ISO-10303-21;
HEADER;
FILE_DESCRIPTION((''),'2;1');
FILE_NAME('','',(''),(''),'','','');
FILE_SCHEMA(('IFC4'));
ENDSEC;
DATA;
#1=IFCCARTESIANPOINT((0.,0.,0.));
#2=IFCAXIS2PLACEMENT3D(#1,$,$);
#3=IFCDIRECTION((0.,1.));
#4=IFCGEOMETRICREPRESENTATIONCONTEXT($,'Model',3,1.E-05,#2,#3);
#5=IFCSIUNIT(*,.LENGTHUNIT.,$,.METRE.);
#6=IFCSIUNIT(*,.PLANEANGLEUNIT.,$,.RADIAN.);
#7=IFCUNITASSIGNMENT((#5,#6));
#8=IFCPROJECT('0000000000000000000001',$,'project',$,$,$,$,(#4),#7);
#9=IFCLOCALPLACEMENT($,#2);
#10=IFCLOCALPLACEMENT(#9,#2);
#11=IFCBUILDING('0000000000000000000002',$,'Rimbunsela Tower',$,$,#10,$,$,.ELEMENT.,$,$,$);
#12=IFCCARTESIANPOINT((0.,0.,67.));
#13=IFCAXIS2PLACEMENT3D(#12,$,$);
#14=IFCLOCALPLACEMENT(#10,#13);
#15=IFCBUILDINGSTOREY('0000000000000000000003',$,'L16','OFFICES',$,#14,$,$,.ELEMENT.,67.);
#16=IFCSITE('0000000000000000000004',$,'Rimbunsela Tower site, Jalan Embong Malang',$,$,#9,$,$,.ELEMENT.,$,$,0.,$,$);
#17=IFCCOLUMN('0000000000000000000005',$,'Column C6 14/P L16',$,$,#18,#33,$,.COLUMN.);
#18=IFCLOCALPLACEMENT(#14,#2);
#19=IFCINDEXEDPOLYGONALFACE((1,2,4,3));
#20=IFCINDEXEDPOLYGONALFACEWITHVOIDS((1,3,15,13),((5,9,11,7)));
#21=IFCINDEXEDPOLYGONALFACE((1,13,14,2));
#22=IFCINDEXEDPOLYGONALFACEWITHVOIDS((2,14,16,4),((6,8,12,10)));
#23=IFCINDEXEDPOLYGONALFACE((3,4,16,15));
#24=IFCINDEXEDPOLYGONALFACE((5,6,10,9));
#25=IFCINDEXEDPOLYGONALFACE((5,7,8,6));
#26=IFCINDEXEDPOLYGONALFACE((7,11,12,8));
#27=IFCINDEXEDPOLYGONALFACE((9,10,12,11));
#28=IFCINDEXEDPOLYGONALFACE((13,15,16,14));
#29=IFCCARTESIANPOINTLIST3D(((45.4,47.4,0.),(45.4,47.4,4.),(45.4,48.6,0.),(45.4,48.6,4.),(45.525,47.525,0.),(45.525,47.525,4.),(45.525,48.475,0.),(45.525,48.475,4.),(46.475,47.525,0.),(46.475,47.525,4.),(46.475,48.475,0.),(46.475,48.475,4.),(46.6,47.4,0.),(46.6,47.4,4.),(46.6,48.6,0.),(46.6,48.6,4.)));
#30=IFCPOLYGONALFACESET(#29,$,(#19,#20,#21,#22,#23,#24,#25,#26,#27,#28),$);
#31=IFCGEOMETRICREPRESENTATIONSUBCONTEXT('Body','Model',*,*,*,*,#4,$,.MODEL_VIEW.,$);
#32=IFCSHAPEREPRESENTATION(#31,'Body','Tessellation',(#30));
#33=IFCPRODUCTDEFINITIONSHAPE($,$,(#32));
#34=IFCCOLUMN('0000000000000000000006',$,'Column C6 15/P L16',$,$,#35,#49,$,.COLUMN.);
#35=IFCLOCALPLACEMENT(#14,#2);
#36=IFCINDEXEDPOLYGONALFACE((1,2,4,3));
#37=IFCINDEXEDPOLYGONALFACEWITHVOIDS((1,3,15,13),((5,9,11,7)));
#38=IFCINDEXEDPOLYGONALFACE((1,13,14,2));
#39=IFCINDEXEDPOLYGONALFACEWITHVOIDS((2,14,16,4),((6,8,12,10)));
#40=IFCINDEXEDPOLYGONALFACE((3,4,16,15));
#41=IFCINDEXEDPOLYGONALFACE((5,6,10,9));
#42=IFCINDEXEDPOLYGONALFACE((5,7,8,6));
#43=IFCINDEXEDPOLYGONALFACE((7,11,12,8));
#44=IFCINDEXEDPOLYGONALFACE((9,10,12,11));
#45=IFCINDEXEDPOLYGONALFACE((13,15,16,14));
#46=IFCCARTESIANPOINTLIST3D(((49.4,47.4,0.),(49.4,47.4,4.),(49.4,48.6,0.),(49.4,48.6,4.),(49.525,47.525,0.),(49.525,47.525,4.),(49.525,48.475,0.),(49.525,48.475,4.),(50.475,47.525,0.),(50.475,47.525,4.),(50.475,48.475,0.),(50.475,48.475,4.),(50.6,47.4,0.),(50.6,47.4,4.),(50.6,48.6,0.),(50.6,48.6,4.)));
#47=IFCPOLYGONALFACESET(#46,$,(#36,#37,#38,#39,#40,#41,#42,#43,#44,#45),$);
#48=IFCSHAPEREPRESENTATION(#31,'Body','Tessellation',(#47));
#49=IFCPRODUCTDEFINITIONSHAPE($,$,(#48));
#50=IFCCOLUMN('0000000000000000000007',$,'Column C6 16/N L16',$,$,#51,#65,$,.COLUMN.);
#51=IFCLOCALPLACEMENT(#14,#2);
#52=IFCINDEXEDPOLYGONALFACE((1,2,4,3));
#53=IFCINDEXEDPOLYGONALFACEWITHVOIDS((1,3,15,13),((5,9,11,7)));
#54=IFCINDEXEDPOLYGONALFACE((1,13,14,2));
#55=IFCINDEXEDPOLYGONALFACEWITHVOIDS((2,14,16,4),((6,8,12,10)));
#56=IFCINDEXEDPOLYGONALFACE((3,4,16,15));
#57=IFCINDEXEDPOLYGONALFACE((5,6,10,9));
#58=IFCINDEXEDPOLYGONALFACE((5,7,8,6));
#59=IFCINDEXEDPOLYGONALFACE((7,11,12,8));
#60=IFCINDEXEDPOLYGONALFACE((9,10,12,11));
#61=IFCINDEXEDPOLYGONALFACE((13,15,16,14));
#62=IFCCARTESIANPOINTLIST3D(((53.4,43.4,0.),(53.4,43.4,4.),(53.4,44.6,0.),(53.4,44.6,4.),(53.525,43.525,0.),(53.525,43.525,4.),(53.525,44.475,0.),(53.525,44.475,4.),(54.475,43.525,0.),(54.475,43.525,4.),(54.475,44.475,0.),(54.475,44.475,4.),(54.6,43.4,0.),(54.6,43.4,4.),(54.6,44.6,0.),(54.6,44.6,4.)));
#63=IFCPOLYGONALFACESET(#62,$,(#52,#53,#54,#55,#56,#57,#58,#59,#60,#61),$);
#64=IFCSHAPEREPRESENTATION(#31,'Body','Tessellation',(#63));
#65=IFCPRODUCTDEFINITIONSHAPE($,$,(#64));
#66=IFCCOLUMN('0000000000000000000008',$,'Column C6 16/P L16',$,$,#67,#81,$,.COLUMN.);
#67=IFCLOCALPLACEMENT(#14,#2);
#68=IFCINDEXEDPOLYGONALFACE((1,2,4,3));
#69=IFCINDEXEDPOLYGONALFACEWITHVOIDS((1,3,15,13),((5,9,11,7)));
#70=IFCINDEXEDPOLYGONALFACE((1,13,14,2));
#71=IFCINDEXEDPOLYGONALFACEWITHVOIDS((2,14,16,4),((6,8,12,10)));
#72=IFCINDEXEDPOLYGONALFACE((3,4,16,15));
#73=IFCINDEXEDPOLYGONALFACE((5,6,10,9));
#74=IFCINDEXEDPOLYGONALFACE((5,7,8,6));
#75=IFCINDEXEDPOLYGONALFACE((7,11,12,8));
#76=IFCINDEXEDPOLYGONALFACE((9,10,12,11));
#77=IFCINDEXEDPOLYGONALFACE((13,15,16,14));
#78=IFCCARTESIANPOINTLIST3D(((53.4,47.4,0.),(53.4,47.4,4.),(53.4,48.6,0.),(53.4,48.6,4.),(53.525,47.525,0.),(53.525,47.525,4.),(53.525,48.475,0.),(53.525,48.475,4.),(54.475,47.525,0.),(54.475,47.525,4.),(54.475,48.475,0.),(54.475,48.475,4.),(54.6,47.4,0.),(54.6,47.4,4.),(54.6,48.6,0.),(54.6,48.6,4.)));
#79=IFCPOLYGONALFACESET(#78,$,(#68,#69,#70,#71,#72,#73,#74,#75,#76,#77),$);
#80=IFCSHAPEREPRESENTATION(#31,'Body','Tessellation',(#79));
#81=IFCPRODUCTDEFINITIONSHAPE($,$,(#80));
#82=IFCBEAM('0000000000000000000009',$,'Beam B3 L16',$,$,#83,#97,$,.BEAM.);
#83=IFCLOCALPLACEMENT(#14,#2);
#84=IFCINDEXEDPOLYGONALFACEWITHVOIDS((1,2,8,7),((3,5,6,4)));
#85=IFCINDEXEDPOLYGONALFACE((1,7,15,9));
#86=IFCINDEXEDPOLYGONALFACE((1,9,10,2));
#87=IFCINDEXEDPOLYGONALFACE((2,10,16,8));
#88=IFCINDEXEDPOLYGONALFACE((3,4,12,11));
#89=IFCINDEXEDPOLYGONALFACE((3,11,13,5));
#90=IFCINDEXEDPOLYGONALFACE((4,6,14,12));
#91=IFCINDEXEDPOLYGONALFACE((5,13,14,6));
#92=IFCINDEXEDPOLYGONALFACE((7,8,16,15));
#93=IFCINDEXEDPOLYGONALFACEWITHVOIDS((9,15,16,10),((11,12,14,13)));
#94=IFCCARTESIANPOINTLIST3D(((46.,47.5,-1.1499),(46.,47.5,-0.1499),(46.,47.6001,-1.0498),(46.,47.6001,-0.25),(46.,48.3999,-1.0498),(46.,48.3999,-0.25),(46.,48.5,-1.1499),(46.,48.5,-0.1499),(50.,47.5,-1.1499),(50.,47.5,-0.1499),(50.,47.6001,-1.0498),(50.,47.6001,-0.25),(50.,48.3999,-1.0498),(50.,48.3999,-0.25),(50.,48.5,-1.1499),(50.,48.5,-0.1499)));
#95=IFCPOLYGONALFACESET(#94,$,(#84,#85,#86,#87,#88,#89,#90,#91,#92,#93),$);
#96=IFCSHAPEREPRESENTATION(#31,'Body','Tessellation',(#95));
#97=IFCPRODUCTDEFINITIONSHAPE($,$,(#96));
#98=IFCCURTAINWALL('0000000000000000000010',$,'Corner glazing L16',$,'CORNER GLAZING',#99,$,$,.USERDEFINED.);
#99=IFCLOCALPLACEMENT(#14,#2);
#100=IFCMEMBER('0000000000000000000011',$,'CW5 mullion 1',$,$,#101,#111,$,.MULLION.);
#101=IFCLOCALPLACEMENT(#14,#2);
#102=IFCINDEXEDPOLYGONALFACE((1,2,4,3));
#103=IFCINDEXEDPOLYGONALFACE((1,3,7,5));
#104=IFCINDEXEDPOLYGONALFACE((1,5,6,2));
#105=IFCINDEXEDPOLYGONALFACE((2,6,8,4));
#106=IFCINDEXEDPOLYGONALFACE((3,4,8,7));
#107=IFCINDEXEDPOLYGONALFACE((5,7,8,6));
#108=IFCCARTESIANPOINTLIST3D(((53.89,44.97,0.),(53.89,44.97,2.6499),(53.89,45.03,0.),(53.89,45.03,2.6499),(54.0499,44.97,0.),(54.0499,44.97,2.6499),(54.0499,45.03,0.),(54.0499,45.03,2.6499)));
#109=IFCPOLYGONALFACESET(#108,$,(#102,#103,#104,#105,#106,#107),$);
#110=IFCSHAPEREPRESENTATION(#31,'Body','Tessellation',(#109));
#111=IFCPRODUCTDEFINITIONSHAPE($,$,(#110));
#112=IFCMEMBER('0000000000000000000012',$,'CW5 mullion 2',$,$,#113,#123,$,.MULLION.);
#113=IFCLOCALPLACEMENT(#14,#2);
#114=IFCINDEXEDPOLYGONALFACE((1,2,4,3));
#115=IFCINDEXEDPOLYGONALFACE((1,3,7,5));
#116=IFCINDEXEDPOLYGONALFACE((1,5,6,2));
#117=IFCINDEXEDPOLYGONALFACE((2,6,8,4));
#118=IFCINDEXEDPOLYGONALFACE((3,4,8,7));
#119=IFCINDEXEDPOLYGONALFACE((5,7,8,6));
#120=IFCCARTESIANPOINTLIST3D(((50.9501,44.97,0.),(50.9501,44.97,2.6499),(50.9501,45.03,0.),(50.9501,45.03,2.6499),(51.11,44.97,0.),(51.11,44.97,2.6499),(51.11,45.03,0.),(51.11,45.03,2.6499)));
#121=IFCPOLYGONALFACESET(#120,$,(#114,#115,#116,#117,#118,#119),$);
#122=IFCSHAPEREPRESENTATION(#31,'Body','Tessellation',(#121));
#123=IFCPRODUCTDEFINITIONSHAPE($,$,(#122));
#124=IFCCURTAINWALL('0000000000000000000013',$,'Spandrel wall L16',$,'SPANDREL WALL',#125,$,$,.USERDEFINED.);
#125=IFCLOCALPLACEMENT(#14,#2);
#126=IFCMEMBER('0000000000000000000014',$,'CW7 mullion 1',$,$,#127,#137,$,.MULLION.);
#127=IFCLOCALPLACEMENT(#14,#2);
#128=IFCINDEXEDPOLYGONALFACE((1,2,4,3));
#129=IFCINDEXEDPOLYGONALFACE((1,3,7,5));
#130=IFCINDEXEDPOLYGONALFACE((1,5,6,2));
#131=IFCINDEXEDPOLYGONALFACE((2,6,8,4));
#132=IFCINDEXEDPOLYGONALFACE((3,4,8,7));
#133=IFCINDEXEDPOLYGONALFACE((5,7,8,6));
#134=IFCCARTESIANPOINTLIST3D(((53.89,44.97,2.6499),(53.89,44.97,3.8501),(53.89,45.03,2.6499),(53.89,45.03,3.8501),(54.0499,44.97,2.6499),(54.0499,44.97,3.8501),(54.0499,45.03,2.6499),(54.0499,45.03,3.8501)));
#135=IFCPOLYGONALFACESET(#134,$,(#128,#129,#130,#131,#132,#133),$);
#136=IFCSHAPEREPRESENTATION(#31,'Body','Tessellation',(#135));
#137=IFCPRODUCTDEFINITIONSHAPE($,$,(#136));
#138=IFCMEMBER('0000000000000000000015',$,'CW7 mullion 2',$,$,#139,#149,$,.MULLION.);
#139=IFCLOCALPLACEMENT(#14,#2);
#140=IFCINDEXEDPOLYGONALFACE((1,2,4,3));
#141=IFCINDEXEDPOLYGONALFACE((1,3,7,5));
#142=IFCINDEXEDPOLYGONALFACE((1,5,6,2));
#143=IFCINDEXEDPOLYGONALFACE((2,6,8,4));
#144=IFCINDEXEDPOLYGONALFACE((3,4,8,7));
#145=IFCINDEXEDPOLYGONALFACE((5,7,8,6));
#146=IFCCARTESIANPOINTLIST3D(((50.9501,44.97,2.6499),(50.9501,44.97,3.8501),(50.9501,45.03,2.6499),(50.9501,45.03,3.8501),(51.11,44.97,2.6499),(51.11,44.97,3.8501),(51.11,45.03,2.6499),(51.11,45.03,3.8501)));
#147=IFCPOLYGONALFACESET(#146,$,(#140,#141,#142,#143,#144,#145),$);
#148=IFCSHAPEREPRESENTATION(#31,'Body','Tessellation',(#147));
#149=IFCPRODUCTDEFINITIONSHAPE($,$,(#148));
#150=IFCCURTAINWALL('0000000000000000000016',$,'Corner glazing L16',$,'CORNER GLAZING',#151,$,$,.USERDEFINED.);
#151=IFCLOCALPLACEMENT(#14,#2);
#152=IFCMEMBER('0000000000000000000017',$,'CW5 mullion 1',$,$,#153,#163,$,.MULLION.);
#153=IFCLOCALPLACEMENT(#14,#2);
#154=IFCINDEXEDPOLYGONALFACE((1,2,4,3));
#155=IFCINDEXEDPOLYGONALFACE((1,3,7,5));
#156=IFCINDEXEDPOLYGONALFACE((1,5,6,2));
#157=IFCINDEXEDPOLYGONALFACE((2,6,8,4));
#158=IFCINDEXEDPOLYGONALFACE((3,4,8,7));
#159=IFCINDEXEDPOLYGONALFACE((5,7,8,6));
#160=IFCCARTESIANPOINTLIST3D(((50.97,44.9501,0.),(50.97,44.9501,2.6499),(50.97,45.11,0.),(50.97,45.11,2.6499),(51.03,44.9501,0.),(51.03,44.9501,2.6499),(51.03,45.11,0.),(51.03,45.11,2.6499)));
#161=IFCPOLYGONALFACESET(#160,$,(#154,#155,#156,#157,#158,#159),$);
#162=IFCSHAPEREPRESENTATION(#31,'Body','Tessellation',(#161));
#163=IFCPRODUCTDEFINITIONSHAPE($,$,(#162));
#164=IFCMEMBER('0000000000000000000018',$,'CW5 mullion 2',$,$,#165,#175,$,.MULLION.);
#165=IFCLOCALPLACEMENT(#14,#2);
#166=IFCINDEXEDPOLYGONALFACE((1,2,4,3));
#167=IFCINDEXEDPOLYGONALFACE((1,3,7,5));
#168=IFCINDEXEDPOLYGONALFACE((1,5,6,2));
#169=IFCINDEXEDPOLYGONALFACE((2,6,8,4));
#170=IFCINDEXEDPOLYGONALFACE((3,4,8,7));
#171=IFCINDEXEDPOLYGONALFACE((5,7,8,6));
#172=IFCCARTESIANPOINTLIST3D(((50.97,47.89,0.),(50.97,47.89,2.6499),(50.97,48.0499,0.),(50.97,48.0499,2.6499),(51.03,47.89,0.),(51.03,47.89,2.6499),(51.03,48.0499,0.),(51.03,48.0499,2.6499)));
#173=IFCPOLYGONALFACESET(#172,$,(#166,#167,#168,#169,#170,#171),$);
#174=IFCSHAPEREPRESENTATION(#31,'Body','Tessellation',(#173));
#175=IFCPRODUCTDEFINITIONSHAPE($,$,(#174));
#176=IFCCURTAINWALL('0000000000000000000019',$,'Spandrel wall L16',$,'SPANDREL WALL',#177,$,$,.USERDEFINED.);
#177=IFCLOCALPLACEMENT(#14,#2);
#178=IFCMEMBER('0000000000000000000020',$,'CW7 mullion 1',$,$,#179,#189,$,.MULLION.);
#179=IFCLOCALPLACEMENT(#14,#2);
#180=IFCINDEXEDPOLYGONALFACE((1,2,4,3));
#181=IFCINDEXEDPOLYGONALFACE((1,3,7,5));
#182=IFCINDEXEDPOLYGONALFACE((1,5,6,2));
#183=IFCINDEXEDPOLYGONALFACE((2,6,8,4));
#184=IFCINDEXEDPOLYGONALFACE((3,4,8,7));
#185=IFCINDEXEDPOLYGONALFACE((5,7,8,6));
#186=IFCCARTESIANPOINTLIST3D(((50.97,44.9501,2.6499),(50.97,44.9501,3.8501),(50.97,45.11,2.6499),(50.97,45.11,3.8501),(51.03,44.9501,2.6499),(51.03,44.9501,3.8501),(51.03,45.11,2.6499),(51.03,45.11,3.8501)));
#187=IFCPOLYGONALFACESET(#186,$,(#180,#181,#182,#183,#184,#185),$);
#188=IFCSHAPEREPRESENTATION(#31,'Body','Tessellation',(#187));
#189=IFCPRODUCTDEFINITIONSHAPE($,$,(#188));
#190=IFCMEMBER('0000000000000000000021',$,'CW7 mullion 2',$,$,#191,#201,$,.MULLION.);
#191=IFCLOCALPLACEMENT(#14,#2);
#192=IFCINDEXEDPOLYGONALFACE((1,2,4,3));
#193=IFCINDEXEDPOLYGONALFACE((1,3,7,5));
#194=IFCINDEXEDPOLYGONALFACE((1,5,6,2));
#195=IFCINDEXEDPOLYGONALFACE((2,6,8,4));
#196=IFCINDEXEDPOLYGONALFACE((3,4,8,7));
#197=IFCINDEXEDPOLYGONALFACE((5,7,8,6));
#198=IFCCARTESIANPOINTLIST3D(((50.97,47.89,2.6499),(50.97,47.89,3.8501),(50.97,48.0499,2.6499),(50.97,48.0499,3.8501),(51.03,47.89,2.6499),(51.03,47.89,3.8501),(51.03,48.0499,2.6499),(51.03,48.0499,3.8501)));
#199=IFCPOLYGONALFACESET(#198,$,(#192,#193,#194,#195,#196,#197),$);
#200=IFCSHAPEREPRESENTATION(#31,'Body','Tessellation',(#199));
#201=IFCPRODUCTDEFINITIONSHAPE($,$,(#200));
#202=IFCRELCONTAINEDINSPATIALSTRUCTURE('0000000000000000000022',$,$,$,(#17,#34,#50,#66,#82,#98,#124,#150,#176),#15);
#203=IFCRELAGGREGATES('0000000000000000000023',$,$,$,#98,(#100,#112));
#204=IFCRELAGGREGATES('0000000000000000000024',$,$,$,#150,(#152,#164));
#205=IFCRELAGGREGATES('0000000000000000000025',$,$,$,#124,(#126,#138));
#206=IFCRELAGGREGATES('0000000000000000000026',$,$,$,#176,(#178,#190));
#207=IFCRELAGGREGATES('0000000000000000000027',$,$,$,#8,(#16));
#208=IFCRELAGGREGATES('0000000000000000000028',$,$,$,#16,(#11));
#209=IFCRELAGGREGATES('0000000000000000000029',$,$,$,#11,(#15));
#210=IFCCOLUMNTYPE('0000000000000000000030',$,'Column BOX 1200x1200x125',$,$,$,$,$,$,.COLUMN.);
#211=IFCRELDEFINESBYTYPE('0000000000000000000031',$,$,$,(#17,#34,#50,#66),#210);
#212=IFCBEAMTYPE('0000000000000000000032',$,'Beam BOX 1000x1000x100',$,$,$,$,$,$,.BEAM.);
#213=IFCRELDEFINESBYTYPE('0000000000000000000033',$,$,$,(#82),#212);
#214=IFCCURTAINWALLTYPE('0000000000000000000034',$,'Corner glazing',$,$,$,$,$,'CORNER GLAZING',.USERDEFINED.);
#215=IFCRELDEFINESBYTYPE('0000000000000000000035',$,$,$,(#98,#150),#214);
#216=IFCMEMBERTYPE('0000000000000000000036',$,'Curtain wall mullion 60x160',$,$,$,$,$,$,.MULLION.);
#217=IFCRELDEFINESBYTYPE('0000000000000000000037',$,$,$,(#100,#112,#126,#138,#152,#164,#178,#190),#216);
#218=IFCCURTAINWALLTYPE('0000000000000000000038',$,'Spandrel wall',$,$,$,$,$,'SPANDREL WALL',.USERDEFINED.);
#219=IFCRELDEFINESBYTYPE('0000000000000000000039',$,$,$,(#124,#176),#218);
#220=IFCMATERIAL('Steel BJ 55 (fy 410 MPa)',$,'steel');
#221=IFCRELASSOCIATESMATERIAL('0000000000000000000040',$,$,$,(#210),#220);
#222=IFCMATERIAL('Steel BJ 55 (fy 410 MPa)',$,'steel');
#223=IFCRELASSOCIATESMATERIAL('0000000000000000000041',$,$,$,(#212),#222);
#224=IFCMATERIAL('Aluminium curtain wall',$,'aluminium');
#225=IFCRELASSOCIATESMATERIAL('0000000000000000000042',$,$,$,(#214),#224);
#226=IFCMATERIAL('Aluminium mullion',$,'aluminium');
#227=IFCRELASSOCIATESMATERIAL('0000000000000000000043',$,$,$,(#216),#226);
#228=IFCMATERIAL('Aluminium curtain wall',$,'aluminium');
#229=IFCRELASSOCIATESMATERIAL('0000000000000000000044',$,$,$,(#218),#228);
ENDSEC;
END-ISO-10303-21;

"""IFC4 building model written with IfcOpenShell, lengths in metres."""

from ifc_helpers import new_model, si_unit, direction, frame, origin, origin_2d, place, context, subcontext, project, spatial, rectangle, hollow_rectangle, extrude, material, material_profile, profile_set, type_object, element, aggregate, save


model = new_model("IFC4")

# Units and contexts
model_context = context("Model", 3, precision=1e-05, world=origin(), true_north=direction((0.0, 1.0)))
body_context = subcontext(model_context, "Body", "Model", "MODEL_VIEW")
ifc_project = project(units=[si_unit("LENGTHUNIT", "METRE"), si_unit("PLANEANGLEUNIT", "RADIAN")], contexts=[model_context])

# Site, building, storey
site_placement = place(None, origin())
site = spatial("IfcSite", under=ifc_project, at=site_placement, Name="Rimbunsela Tower site, Jalan Embong Malang", CompositionType="ELEMENT", RefElevation=0.0)
building_placement = place(site_placement, origin())
building = spatial("IfcBuilding", under=site, at=building_placement, Name="Rimbunsela Tower", CompositionType="ELEMENT")
storey_placement = place(building_placement, frame((0.0, 0.0, 67.0)))
storey = spatial("IfcBuildingStorey", under=building, at=storey_placement, Name="L16", Description="OFFICES", CompositionType="ELEMENT", Elevation=67.0)

# Columns
ifc_material_1 = material(Name="Steel BJ 55 (fy 410 MPa)", Category="steel")
ifc_material_profile_1 = material_profile(ifc_material_1, hollow_rectangle(XDim=1.2, YDim=1.2, WallThickness=0.125, at=origin_2d()), Name="BOX 1200x1200x125")
ifc_profile_set_1 = profile_set([ifc_material_profile_1], Name="Steel BJ 55 (fy 410 MPa)")
column_type = type_object("IfcColumnType", Name="Column BOX 1200x1200x125", PredefinedType="COLUMN", material=ifc_profile_set_1)
for number, where, z_axis, x_axis, name in (
    (1, (46.0, 48.0, 0.0), (0.0, 0.0, 1.0), (1.0, 0.0, 0.0), "Column C6 14/P L16"),
    (2, (50.0, 48.0, 0.0), (0.0, 0.0, 1.0), (1.0, 0.0, 0.0), "Column C6 15/P L16"),
    (3, (54.0, 44.0, 0.0), (0.0, 0.0, 1.0), (1.0, 0.0, 0.0), "Column C6 16/N L16"),
    (4, (54.0, 48.0, 0.0), (0.0, 0.0, 1.0), (1.0, 0.0, 0.0), "Column C6 16/P L16"),
):
    element("IfcColumn", number, at=place(storey_placement, frame(where, z_axis=z_axis, x_axis=x_axis)), inside=storey, type_object=column_type, Name=name, PredefinedType="COLUMN", context=body_context, shape_type="SweptSolid", body=[
        extrude(hollow_rectangle(XDim=1.2, YDim=1.2, WallThickness=0.125, at=origin_2d()), origin(), (0.0, 0.0, 1.0), 4.0),
    ])

# Beam
ifc_material_2 = material(Name="Steel BJ 55 (fy 410 MPa)", Category="steel")
ifc_material_profile_2 = material_profile(ifc_material_2, hollow_rectangle(XDim=1.0, YDim=1.0, WallThickness=0.1001, at=origin_2d()), Name="BOX 1000x1000x100")
ifc_profile_set_2 = profile_set([ifc_material_profile_2], Name="Steel BJ 55 (fy 410 MPa)")
beam_type = type_object("IfcBeamType", Name="Beam BOX 1000x1000x100", PredefinedType="BEAM", material=ifc_profile_set_2)
beam_placement = place(storey_placement, frame((46.0, 48.0, -0.6499), z_axis=(1.0, 0.0, 0.0), x_axis=(0.0, 1.0, 0.0)))
element("IfcBeam", 5, at=beam_placement, inside=storey, type_object=beam_type, Name="Beam B3 L16", PredefinedType="BEAM", context=body_context, shape_type="SweptSolid", body=[
    extrude(hollow_rectangle(XDim=1.0, YDim=1.0, WallThickness=0.1001, at=origin_2d()), origin(), (0.0, 0.0, 1.0), 4.0),
])

# Curtain walls, members
ifc_material_3 = material(Name="Aluminium curtain wall", Category="aluminium")
curtain_wall_type_1 = type_object("IfcCurtainWallType", Name="Corner glazing", ElementType="CORNER GLAZING", PredefinedType="USERDEFINED", material=ifc_material_3)
curtain_wall_1_placement = place(storey_placement, origin())
curtain_wall_1 = element("IfcCurtainWall", 6, at=curtain_wall_1_placement, inside=storey, type_object=curtain_wall_type_1, Name="Corner glazing L16", ObjectType="CORNER GLAZING", PredefinedType="USERDEFINED")
ifc_material_4 = material(Name="Aluminium mullion", Category="aluminium")
ifc_material_profile_3 = material_profile(ifc_material_4, rectangle(XDim=0.0601, YDim=0.1599, at=origin_2d()), Name="Mullion 60x160")
ifc_profile_set_3 = profile_set([ifc_material_profile_3], Name="Aluminium mullion")
member_type_1 = type_object("IfcMemberType", Name="Curtain wall mullion 60x160", PredefinedType="MULLION", material=ifc_profile_set_3)
member_1_placement = place(storey_placement, frame((53.97, 45.0, 0.0), z_axis=(0.0, 0.0, 1.0), x_axis=(0.0, -1.0, 0.0)))
member_1 = element("IfcMember", 7, at=member_1_placement, type_object=member_type_1, Name="CW5 mullion 1", PredefinedType="MULLION", context=body_context, shape_type="SweptSolid", body=[
    extrude(rectangle(XDim=0.0601, YDim=0.1599, at=origin_2d()), origin(), (0.0, 0.0, 1.0), 2.6499),
])
member_2_placement = place(storey_placement, frame((51.03, 45.0, 0.0), z_axis=(0.0, 0.0, 1.0), x_axis=(0.0, -1.0, 0.0)))
member_2 = element("IfcMember", 8, at=member_2_placement, type_object=member_type_1, Name="CW5 mullion 2", PredefinedType="MULLION", context=body_context, shape_type="SweptSolid", body=[
    extrude(rectangle(XDim=0.0601, YDim=0.1599, at=origin_2d()), origin(), (0.0, 0.0, 1.0), 2.6499),
])
ifc_material_5 = material(Name="Aluminium curtain wall", Category="aluminium")
curtain_wall_type_2 = type_object("IfcCurtainWallType", Name="Spandrel wall", ElementType="SPANDREL WALL", PredefinedType="USERDEFINED", material=ifc_material_5)
curtain_wall_2_placement = place(storey_placement, origin())
curtain_wall_2 = element("IfcCurtainWall", 9, at=curtain_wall_2_placement, inside=storey, type_object=curtain_wall_type_2, Name="Spandrel wall L16", ObjectType="SPANDREL WALL", PredefinedType="USERDEFINED")
member_3_placement = place(storey_placement, frame((53.97, 45.0, 2.6499), z_axis=(0.0, 0.0, 1.0), x_axis=(0.0, -1.0, 0.0)))
member_3 = element("IfcMember", 10, at=member_3_placement, type_object=member_type_1, Name="CW7 mullion 1", PredefinedType="MULLION", context=body_context, shape_type="SweptSolid", body=[
    extrude(rectangle(XDim=0.0601, YDim=0.1599, at=origin_2d()), origin(), (0.0, 0.0, 1.0), 1.2002),
])
member_4_placement = place(storey_placement, frame((51.03, 45.0, 2.6499), z_axis=(0.0, 0.0, 1.0), x_axis=(0.0, -1.0, 0.0)))
member_4 = element("IfcMember", 11, at=member_4_placement, type_object=member_type_1, Name="CW7 mullion 2", PredefinedType="MULLION", context=body_context, shape_type="SweptSolid", body=[
    extrude(rectangle(XDim=0.0601, YDim=0.1599, at=origin_2d()), origin(), (0.0, 0.0, 1.0), 1.2002),
])
curtain_wall_3_placement = place(storey_placement, origin())
curtain_wall_3 = element("IfcCurtainWall", 12, at=curtain_wall_3_placement, inside=storey, type_object=curtain_wall_type_1, Name="Corner glazing L16", ObjectType="CORNER GLAZING", PredefinedType="USERDEFINED")
member_5_placement = place(storey_placement, frame((51.0, 45.03, 0.0), z_axis=(0.0, 0.0, 1.0), x_axis=(-1.0, 0.0, 0.0)))
member_5 = element("IfcMember", 13, at=member_5_placement, type_object=member_type_1, Name="CW5 mullion 1", PredefinedType="MULLION", context=body_context, shape_type="SweptSolid", body=[
    extrude(rectangle(XDim=0.0601, YDim=0.1599, at=origin_2d()), origin(), (0.0, 0.0, 1.0), 2.6499),
])
member_6_placement = place(storey_placement, frame((51.0, 47.97, 0.0), z_axis=(0.0, 0.0, 1.0), x_axis=(-1.0, 0.0, 0.0)))
member_6 = element("IfcMember", 14, at=member_6_placement, type_object=member_type_1, Name="CW5 mullion 2", PredefinedType="MULLION", context=body_context, shape_type="SweptSolid", body=[
    extrude(rectangle(XDim=0.0601, YDim=0.1599, at=origin_2d()), origin(), (0.0, 0.0, 1.0), 2.6499),
])
curtain_wall_4_placement = place(storey_placement, origin())
curtain_wall_4 = element("IfcCurtainWall", 15, at=curtain_wall_4_placement, inside=storey, type_object=curtain_wall_type_2, Name="Spandrel wall L16", ObjectType="SPANDREL WALL", PredefinedType="USERDEFINED")
member_7_placement = place(storey_placement, frame((51.0, 45.03, 2.6499), z_axis=(0.0, 0.0, 1.0), x_axis=(-1.0, 0.0, 0.0)))
member_7 = element("IfcMember", 16, at=member_7_placement, type_object=member_type_1, Name="CW7 mullion 1", PredefinedType="MULLION", context=body_context, shape_type="SweptSolid", body=[
    extrude(rectangle(XDim=0.0601, YDim=0.1599, at=origin_2d()), origin(), (0.0, 0.0, 1.0), 1.2002),
])
member_8_placement = place(storey_placement, frame((51.0, 47.97, 2.6499), z_axis=(0.0, 0.0, 1.0), x_axis=(-1.0, 0.0, 0.0)))
member_8 = element("IfcMember", 17, at=member_8_placement, type_object=member_type_1, Name="CW7 mullion 2", PredefinedType="MULLION", context=body_context, shape_type="SweptSolid", body=[
    extrude(rectangle(XDim=0.0601, YDim=0.1599, at=origin_2d()), origin(), (0.0, 0.0, 1.0), 1.2002),
])

aggregate(curtain_wall_1, [member_1, member_2])
aggregate(curtain_wall_3, [member_5, member_6])
aggregate(curtain_wall_2, [member_3, member_4])
aggregate(curtain_wall_4, [member_7, member_8])

save(model, "model.ifc")
